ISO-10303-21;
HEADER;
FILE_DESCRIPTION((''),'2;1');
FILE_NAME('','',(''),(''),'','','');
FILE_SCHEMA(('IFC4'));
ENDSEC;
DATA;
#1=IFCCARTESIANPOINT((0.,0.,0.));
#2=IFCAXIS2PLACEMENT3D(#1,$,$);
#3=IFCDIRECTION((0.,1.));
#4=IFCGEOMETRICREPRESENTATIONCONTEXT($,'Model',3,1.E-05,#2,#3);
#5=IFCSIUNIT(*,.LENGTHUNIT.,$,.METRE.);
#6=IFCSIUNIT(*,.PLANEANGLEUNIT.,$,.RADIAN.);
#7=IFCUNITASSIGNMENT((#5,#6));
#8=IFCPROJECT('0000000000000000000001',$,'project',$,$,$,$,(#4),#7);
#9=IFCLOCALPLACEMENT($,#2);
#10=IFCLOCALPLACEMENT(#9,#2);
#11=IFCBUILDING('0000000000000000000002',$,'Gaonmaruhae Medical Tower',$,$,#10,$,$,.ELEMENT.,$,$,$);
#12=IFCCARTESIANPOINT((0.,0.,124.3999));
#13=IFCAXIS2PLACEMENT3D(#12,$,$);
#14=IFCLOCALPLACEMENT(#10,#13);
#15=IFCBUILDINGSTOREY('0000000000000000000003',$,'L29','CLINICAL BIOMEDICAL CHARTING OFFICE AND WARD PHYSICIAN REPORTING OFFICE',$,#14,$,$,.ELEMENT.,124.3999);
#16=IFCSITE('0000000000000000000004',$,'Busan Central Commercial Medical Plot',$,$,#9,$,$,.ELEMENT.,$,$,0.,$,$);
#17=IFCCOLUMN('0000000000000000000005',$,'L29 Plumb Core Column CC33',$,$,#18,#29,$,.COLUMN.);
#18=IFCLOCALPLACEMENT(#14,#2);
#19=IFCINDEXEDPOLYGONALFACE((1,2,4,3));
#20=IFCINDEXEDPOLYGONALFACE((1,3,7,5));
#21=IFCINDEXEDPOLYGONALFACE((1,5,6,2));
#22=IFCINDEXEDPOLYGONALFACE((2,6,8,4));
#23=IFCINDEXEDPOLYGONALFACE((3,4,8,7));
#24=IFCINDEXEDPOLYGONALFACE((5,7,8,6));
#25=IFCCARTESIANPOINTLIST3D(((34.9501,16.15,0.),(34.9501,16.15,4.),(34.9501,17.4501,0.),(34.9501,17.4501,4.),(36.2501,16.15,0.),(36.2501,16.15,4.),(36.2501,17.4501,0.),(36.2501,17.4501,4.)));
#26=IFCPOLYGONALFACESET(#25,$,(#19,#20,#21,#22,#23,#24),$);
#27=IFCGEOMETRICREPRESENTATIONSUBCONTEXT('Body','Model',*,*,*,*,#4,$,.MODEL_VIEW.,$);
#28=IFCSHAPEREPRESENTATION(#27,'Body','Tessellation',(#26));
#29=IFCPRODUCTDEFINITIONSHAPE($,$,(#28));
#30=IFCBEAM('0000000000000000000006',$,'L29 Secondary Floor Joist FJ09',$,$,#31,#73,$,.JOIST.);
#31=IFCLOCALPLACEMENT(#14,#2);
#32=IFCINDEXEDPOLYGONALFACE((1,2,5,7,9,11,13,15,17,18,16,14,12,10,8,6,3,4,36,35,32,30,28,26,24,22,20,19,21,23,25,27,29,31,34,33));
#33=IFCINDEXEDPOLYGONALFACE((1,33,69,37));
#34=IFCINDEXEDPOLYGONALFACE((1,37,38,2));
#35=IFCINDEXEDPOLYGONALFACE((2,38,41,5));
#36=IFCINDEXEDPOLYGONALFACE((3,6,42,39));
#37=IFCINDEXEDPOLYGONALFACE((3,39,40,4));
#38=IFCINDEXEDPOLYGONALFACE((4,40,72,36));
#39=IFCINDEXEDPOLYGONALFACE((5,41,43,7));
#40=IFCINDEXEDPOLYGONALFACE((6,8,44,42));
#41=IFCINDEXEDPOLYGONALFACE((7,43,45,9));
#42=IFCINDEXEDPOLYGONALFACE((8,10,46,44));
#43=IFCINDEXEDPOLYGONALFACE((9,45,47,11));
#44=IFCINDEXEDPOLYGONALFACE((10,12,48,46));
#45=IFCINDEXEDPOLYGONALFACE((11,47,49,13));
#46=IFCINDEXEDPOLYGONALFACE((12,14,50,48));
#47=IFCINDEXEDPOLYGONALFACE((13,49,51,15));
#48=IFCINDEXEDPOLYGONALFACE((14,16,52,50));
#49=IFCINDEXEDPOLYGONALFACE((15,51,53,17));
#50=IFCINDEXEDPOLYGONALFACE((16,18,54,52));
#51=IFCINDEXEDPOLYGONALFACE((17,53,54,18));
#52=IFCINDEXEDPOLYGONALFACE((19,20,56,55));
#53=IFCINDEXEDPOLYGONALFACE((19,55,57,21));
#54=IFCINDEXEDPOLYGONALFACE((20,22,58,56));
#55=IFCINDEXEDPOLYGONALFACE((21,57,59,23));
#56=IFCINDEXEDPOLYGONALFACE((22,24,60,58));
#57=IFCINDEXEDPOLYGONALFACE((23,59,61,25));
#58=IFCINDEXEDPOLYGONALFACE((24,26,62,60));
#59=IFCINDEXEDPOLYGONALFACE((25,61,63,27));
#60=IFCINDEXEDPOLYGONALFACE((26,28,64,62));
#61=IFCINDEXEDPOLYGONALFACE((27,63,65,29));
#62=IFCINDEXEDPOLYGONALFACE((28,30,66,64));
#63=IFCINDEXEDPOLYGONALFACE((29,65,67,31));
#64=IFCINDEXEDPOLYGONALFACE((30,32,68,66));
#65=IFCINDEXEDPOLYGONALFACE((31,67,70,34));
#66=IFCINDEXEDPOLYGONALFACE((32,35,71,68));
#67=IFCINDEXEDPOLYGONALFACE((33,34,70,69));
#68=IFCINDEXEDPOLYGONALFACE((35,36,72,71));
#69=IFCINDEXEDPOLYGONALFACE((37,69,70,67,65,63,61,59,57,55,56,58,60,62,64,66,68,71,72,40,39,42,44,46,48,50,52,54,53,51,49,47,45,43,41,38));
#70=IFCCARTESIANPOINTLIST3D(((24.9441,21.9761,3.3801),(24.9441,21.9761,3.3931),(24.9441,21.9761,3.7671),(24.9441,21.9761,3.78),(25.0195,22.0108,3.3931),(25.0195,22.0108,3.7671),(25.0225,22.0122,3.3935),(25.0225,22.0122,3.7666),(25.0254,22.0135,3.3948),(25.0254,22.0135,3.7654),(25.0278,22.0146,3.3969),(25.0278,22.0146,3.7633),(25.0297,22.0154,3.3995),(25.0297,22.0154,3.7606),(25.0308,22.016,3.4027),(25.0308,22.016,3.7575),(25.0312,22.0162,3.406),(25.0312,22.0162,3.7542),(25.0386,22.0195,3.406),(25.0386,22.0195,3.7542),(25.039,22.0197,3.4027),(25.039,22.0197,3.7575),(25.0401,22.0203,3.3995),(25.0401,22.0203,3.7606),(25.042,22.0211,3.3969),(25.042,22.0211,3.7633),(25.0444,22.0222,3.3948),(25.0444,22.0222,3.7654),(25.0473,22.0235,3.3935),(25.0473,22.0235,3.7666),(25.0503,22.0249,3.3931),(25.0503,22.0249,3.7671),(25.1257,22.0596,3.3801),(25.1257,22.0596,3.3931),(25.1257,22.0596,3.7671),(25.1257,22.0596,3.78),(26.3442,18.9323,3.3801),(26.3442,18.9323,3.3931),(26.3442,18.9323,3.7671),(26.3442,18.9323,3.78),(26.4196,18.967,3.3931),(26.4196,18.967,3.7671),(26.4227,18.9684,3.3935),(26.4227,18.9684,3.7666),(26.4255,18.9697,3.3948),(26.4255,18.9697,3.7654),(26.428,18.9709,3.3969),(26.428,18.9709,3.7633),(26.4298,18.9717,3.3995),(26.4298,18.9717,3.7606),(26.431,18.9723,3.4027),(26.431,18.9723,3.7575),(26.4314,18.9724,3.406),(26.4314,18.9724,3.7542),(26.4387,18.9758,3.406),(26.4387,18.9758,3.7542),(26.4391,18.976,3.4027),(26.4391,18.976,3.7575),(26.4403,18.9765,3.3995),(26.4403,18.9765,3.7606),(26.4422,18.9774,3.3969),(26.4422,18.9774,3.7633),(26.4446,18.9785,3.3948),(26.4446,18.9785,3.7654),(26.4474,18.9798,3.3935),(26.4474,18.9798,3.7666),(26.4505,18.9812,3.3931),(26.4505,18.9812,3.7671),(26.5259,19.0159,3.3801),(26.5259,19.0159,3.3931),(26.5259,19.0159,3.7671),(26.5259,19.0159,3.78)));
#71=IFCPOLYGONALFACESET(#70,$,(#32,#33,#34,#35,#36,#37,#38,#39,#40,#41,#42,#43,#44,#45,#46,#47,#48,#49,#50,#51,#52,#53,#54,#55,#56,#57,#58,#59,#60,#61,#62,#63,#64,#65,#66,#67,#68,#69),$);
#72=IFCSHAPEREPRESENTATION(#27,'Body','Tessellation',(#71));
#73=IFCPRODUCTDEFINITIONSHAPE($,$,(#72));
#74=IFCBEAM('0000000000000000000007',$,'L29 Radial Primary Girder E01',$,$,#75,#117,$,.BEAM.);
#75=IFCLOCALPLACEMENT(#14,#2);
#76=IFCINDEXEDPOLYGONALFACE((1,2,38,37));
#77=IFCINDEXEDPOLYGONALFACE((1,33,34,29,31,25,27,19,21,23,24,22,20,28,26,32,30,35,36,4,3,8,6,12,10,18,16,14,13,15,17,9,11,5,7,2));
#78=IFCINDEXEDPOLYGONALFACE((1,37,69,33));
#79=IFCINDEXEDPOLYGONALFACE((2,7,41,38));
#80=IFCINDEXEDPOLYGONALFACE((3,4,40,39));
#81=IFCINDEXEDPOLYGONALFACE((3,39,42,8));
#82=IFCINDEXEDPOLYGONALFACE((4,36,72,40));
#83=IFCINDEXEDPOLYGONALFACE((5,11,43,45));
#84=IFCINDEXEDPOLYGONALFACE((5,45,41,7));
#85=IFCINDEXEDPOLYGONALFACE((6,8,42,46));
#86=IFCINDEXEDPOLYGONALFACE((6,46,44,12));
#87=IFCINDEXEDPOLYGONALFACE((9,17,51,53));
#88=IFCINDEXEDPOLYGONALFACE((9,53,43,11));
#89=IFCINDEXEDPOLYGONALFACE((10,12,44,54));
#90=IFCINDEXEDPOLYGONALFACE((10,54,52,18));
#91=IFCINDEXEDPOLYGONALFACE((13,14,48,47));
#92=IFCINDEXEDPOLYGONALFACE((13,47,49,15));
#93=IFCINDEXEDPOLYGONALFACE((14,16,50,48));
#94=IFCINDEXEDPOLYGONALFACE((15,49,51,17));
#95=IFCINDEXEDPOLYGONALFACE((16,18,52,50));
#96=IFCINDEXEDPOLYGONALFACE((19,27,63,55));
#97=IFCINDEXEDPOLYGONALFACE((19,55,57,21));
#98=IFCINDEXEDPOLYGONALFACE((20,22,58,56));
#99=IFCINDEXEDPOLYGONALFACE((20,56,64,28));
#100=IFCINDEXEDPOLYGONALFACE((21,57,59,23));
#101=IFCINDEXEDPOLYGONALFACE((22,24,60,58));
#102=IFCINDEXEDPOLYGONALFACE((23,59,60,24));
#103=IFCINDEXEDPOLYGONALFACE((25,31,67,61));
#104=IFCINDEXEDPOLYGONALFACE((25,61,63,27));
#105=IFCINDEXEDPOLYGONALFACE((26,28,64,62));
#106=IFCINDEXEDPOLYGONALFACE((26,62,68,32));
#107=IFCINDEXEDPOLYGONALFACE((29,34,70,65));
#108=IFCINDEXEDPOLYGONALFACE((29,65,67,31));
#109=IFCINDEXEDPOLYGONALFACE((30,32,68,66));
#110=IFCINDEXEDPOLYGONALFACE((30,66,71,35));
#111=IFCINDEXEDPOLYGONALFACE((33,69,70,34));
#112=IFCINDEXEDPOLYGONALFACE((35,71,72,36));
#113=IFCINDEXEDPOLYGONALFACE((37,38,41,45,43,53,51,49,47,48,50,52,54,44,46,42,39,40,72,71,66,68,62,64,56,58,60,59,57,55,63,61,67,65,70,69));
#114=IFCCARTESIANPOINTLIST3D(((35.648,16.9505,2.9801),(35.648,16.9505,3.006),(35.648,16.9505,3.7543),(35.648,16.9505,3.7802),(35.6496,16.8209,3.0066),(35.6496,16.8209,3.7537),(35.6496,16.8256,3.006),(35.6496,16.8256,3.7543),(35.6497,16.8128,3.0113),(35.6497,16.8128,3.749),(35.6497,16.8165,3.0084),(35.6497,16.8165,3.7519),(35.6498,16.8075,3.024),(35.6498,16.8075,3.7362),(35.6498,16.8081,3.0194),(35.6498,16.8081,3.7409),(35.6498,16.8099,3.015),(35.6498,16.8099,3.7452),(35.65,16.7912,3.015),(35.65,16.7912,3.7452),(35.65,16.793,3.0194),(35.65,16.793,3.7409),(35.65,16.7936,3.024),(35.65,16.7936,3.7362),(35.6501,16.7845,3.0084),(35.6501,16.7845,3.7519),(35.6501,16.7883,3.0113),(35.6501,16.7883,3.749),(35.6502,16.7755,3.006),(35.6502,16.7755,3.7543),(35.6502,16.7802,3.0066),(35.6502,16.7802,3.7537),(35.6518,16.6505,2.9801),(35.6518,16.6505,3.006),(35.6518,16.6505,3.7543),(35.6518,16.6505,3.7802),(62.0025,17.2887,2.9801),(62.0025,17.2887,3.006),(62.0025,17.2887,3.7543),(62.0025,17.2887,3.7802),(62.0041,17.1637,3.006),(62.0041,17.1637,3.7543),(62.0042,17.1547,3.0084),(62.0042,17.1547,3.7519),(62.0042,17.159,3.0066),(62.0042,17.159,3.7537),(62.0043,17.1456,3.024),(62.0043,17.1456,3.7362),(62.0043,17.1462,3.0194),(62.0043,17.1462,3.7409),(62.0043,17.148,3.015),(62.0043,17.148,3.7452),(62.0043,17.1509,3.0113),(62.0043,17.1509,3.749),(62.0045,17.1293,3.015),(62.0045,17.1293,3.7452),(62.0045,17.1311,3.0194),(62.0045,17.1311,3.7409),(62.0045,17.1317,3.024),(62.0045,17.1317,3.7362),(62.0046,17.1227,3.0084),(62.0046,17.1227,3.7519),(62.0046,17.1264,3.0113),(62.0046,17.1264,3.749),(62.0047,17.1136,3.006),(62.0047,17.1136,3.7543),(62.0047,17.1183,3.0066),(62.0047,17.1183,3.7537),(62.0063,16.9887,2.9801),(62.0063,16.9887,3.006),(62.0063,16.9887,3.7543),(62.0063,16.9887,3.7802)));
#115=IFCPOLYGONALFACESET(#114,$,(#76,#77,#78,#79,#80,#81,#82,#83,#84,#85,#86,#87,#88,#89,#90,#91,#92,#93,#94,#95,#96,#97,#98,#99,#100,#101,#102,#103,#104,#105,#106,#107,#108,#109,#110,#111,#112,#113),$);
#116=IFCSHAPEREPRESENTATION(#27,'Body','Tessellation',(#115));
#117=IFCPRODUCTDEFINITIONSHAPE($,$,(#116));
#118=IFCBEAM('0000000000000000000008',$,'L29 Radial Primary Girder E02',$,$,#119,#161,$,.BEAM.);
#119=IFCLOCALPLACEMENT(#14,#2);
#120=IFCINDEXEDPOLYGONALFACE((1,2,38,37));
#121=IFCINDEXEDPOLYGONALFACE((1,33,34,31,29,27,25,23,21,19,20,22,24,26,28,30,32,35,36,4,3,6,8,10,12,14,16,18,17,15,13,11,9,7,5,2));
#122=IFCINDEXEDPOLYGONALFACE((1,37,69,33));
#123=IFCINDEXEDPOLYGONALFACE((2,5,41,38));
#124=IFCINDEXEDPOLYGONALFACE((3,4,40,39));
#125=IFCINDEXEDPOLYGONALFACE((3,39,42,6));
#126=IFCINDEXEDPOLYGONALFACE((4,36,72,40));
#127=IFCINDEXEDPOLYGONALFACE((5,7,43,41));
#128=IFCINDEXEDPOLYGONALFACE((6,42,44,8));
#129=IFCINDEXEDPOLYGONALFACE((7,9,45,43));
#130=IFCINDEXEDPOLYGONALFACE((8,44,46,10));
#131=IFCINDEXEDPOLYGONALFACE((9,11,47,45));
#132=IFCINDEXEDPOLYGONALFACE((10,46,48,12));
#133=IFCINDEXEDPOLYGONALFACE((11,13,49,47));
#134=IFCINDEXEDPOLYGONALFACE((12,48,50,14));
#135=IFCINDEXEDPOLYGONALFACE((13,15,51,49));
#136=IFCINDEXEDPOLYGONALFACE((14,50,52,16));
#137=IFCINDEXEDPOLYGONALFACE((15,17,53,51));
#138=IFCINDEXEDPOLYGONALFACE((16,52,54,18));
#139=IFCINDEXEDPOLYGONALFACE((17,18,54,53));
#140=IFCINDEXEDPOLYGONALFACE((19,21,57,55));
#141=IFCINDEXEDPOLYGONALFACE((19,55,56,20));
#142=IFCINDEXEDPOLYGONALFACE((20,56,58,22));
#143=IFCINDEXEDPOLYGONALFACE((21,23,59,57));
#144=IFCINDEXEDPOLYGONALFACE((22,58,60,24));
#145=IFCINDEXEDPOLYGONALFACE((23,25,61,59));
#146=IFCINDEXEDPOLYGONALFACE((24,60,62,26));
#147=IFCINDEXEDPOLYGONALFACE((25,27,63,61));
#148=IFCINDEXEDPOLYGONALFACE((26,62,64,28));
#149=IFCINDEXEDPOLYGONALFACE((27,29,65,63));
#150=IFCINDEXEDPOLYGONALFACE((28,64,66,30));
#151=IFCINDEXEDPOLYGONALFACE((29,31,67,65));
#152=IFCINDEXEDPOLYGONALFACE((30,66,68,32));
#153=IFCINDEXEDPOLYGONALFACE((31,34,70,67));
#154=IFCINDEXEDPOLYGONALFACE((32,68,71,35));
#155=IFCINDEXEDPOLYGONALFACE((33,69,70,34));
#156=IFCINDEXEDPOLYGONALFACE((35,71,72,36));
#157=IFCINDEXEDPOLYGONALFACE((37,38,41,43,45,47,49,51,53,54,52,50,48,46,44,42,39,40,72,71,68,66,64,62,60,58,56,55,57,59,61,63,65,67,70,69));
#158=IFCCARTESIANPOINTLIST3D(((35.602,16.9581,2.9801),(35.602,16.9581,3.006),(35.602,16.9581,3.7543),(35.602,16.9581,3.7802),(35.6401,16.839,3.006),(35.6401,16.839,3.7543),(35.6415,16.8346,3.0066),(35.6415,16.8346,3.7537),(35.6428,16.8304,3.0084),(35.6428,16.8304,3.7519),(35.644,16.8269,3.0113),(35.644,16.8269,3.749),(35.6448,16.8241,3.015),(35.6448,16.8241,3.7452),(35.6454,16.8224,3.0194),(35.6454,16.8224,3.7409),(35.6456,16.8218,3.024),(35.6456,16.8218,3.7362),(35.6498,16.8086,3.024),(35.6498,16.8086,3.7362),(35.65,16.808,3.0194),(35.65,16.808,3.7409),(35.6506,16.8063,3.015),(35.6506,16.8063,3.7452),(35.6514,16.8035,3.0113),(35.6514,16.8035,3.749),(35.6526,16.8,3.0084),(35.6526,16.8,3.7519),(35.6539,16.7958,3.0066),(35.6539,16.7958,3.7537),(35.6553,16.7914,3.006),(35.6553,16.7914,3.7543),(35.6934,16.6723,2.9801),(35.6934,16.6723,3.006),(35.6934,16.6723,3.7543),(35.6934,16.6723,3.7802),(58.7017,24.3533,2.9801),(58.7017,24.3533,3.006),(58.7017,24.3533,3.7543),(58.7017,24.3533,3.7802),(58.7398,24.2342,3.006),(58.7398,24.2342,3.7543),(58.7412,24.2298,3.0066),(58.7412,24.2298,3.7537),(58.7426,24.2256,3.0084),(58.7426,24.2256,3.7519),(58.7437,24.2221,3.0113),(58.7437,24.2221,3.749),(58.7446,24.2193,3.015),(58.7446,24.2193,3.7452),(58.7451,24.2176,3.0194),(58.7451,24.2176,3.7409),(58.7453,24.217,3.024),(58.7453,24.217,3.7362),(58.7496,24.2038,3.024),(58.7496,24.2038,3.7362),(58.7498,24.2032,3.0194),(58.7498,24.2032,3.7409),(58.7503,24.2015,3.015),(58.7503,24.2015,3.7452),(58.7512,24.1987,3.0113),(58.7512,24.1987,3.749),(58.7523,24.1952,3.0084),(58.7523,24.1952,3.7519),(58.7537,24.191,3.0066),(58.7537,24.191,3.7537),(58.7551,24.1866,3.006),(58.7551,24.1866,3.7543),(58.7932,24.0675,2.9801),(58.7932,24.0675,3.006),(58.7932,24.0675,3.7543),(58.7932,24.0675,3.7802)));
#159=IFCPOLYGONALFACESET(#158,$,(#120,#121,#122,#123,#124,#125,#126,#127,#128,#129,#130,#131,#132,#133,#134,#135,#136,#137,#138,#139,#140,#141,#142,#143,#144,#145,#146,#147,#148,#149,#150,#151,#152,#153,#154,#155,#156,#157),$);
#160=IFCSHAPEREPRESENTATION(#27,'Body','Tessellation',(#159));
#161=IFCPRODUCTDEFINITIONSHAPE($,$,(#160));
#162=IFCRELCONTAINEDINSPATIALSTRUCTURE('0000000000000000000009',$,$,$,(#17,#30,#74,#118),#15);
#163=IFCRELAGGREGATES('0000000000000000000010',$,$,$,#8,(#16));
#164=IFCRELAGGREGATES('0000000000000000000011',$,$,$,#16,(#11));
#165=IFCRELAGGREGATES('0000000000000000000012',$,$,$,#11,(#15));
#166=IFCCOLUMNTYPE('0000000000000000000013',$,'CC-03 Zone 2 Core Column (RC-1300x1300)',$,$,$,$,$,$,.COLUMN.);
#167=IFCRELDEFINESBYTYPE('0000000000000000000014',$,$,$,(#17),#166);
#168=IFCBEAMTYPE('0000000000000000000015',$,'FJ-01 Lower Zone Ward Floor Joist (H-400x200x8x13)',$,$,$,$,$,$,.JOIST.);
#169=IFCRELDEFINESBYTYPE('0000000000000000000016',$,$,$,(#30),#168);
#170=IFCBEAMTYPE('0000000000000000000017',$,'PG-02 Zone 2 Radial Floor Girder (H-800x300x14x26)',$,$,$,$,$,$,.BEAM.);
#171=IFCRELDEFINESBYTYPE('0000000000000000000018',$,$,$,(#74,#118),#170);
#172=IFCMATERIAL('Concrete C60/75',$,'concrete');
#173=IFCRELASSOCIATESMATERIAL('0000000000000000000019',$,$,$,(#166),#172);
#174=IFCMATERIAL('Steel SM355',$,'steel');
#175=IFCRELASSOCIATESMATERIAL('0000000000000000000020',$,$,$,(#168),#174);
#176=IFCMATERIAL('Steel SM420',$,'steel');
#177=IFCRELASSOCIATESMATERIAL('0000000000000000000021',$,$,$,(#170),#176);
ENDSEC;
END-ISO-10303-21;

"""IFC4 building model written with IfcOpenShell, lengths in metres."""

from ifc_helpers import new_model, si_unit, direction, frame, origin, origin_2d, place, context, subcontext, project, spatial, rectangle, i_section, extrude, material, material_profile, profile_set, type_object, element, save


model = new_model("IFC4")

# Units and contexts
model_context = context("Model", 3, precision=1e-05, world=origin(), true_north=direction((0.0, 1.0)))
body_context = subcontext(model_context, "Body", "Model", "MODEL_VIEW")
ifc_project = project(units=[si_unit("LENGTHUNIT", "METRE"), si_unit("PLANEANGLEUNIT", "RADIAN")], contexts=[model_context])

# Site, building, storey
site_placement = place(None, origin())
site = spatial("IfcSite", under=ifc_project, at=site_placement, Name="Busan Central Commercial Medical Plot", CompositionType="ELEMENT", RefElevation=0.0)
building_placement = place(site_placement, origin())
building = spatial("IfcBuilding", under=site, at=building_placement, Name="Gaonmaruhae Medical Tower", CompositionType="ELEMENT")
storey_placement = place(building_placement, frame((0.0, 0.0, 124.3999)))
storey = spatial("IfcBuildingStorey", under=building, at=storey_placement, Name="L29", Description="CLINICAL BIOMEDICAL CHARTING OFFICE AND WARD PHYSICIAN REPORTING OFFICE", CompositionType="ELEMENT", Elevation=124.3999)

# Column
ifc_material_1 = material(Name="Concrete C60/75", Category="concrete")
ifc_material_profile_1 = material_profile(ifc_material_1, rectangle(XDim=1.3, YDim=1.3, at=origin_2d()), Name="RC-1300x1300")
ifc_profile_set_1 = profile_set([ifc_material_profile_1], Name="Concrete C60/75")
column_type = type_object("IfcColumnType", Name="CC-03 Zone 2 Core Column (RC-1300x1300)", PredefinedType="COLUMN", material=ifc_profile_set_1)
column_placement = place(storey_placement, frame((35.6001, 16.8, 0.0), z_axis=(0.0, 0.0, 1.0), x_axis=(1.0, 0.0, 0.0)))
element("IfcColumn", 1, at=column_placement, inside=storey, type_object=column_type, Name="L29 Plumb Core Column CC33", PredefinedType="COLUMN", context=body_context, shape_type="SweptSolid", body=[
    extrude(rectangle(XDim=1.3, YDim=1.3, at=origin_2d()), origin(), (0.0, 0.0, 1.0), 4.0),
])

# Beams
ifc_material_2 = material(Name="Steel SM355", Category="steel")
ifc_material_profile_2 = material_profile(ifc_material_2, i_section(OverallWidth=0.2, OverallDepth=0.3999, WebThickness=0.0081, FlangeThickness=0.0129, FilletRadius=0.0129, at=origin_2d()), Name="H-400x200x8x13")
ifc_profile_set_2 = profile_set([ifc_material_profile_2], Name="Steel SM355")
beam_type_1 = type_object("IfcBeamType", Name="FJ-01 Lower Zone Ward Floor Joist (H-400x200x8x13)", PredefinedType="JOIST", material=ifc_profile_set_2)
beam_1_placement = place(storey_placement, frame((26.4351, 18.9741, 3.5801), z_axis=(-0.417916, 0.908485, 0.0), x_axis=(-0.908485, -0.417916, 0.0)))
element("IfcBeam", 2, at=beam_1_placement, inside=storey, type_object=beam_type_1, Name="L29 Secondary Floor Joist FJ09", PredefinedType="JOIST", context=body_context, shape_type="SweptSolid", body=[
    extrude(i_section(OverallWidth=0.2, OverallDepth=0.3999, WebThickness=0.0081, FlangeThickness=0.0129, FilletRadius=0.0129, at=origin_2d()), origin(), (0.0, 0.0, 1.0), 3.3503),
])
ifc_material_3 = material(Name="Steel SM420", Category="steel")
ifc_material_profile_3 = material_profile(ifc_material_3, i_section(OverallWidth=0.3, OverallDepth=0.8, WebThickness=0.0139, FlangeThickness=0.0259, FilletRadius=0.0181, at=origin_2d()), Name="H-800x300x14x26")
ifc_profile_set_3 = profile_set([ifc_material_profile_3], Name="Steel SM420")
beam_type_2 = type_object("IfcBeamType", Name="PG-02 Zone 2 Radial Floor Girder (H-800x300x14x26)", PredefinedType="BEAM", material=ifc_profile_set_3)
beam_2_placement = place(storey_placement, frame((35.6499, 16.8005, 3.3801), z_axis=(0.999918, 0.012829, 0.0), x_axis=(-0.012829, 0.999918, 0.0)))
element("IfcBeam", 3, at=beam_2_placement, inside=storey, type_object=beam_type_2, Name="L29 Radial Primary Girder E01", PredefinedType="BEAM", context=body_context, shape_type="SweptSolid", body=[
    extrude(i_section(OverallWidth=0.3, OverallDepth=0.8, WebThickness=0.0139, FlangeThickness=0.0259, FilletRadius=0.0181, at=origin_2d()), origin(), (0.0, 0.0, 1.0), 26.3567),
])
beam_3_placement = place(storey_placement, frame((35.6477, 16.8152, 3.3801), z_axis=(0.952385, 0.3049, 0.0), x_axis=(-0.3049, 0.952385, 0.0)))
element("IfcBeam", 4, at=beam_3_placement, inside=storey, type_object=beam_type_2, Name="L29 Radial Primary Girder E02", PredefinedType="BEAM", context=body_context, shape_type="SweptSolid", body=[
    extrude(i_section(OverallWidth=0.3, OverallDepth=0.8, WebThickness=0.0139, FlangeThickness=0.0259, FilletRadius=0.0181, at=origin_2d()), origin(), (0.0, 0.0, 1.0), 24.2546),
])

save(model, "model.ifc")
